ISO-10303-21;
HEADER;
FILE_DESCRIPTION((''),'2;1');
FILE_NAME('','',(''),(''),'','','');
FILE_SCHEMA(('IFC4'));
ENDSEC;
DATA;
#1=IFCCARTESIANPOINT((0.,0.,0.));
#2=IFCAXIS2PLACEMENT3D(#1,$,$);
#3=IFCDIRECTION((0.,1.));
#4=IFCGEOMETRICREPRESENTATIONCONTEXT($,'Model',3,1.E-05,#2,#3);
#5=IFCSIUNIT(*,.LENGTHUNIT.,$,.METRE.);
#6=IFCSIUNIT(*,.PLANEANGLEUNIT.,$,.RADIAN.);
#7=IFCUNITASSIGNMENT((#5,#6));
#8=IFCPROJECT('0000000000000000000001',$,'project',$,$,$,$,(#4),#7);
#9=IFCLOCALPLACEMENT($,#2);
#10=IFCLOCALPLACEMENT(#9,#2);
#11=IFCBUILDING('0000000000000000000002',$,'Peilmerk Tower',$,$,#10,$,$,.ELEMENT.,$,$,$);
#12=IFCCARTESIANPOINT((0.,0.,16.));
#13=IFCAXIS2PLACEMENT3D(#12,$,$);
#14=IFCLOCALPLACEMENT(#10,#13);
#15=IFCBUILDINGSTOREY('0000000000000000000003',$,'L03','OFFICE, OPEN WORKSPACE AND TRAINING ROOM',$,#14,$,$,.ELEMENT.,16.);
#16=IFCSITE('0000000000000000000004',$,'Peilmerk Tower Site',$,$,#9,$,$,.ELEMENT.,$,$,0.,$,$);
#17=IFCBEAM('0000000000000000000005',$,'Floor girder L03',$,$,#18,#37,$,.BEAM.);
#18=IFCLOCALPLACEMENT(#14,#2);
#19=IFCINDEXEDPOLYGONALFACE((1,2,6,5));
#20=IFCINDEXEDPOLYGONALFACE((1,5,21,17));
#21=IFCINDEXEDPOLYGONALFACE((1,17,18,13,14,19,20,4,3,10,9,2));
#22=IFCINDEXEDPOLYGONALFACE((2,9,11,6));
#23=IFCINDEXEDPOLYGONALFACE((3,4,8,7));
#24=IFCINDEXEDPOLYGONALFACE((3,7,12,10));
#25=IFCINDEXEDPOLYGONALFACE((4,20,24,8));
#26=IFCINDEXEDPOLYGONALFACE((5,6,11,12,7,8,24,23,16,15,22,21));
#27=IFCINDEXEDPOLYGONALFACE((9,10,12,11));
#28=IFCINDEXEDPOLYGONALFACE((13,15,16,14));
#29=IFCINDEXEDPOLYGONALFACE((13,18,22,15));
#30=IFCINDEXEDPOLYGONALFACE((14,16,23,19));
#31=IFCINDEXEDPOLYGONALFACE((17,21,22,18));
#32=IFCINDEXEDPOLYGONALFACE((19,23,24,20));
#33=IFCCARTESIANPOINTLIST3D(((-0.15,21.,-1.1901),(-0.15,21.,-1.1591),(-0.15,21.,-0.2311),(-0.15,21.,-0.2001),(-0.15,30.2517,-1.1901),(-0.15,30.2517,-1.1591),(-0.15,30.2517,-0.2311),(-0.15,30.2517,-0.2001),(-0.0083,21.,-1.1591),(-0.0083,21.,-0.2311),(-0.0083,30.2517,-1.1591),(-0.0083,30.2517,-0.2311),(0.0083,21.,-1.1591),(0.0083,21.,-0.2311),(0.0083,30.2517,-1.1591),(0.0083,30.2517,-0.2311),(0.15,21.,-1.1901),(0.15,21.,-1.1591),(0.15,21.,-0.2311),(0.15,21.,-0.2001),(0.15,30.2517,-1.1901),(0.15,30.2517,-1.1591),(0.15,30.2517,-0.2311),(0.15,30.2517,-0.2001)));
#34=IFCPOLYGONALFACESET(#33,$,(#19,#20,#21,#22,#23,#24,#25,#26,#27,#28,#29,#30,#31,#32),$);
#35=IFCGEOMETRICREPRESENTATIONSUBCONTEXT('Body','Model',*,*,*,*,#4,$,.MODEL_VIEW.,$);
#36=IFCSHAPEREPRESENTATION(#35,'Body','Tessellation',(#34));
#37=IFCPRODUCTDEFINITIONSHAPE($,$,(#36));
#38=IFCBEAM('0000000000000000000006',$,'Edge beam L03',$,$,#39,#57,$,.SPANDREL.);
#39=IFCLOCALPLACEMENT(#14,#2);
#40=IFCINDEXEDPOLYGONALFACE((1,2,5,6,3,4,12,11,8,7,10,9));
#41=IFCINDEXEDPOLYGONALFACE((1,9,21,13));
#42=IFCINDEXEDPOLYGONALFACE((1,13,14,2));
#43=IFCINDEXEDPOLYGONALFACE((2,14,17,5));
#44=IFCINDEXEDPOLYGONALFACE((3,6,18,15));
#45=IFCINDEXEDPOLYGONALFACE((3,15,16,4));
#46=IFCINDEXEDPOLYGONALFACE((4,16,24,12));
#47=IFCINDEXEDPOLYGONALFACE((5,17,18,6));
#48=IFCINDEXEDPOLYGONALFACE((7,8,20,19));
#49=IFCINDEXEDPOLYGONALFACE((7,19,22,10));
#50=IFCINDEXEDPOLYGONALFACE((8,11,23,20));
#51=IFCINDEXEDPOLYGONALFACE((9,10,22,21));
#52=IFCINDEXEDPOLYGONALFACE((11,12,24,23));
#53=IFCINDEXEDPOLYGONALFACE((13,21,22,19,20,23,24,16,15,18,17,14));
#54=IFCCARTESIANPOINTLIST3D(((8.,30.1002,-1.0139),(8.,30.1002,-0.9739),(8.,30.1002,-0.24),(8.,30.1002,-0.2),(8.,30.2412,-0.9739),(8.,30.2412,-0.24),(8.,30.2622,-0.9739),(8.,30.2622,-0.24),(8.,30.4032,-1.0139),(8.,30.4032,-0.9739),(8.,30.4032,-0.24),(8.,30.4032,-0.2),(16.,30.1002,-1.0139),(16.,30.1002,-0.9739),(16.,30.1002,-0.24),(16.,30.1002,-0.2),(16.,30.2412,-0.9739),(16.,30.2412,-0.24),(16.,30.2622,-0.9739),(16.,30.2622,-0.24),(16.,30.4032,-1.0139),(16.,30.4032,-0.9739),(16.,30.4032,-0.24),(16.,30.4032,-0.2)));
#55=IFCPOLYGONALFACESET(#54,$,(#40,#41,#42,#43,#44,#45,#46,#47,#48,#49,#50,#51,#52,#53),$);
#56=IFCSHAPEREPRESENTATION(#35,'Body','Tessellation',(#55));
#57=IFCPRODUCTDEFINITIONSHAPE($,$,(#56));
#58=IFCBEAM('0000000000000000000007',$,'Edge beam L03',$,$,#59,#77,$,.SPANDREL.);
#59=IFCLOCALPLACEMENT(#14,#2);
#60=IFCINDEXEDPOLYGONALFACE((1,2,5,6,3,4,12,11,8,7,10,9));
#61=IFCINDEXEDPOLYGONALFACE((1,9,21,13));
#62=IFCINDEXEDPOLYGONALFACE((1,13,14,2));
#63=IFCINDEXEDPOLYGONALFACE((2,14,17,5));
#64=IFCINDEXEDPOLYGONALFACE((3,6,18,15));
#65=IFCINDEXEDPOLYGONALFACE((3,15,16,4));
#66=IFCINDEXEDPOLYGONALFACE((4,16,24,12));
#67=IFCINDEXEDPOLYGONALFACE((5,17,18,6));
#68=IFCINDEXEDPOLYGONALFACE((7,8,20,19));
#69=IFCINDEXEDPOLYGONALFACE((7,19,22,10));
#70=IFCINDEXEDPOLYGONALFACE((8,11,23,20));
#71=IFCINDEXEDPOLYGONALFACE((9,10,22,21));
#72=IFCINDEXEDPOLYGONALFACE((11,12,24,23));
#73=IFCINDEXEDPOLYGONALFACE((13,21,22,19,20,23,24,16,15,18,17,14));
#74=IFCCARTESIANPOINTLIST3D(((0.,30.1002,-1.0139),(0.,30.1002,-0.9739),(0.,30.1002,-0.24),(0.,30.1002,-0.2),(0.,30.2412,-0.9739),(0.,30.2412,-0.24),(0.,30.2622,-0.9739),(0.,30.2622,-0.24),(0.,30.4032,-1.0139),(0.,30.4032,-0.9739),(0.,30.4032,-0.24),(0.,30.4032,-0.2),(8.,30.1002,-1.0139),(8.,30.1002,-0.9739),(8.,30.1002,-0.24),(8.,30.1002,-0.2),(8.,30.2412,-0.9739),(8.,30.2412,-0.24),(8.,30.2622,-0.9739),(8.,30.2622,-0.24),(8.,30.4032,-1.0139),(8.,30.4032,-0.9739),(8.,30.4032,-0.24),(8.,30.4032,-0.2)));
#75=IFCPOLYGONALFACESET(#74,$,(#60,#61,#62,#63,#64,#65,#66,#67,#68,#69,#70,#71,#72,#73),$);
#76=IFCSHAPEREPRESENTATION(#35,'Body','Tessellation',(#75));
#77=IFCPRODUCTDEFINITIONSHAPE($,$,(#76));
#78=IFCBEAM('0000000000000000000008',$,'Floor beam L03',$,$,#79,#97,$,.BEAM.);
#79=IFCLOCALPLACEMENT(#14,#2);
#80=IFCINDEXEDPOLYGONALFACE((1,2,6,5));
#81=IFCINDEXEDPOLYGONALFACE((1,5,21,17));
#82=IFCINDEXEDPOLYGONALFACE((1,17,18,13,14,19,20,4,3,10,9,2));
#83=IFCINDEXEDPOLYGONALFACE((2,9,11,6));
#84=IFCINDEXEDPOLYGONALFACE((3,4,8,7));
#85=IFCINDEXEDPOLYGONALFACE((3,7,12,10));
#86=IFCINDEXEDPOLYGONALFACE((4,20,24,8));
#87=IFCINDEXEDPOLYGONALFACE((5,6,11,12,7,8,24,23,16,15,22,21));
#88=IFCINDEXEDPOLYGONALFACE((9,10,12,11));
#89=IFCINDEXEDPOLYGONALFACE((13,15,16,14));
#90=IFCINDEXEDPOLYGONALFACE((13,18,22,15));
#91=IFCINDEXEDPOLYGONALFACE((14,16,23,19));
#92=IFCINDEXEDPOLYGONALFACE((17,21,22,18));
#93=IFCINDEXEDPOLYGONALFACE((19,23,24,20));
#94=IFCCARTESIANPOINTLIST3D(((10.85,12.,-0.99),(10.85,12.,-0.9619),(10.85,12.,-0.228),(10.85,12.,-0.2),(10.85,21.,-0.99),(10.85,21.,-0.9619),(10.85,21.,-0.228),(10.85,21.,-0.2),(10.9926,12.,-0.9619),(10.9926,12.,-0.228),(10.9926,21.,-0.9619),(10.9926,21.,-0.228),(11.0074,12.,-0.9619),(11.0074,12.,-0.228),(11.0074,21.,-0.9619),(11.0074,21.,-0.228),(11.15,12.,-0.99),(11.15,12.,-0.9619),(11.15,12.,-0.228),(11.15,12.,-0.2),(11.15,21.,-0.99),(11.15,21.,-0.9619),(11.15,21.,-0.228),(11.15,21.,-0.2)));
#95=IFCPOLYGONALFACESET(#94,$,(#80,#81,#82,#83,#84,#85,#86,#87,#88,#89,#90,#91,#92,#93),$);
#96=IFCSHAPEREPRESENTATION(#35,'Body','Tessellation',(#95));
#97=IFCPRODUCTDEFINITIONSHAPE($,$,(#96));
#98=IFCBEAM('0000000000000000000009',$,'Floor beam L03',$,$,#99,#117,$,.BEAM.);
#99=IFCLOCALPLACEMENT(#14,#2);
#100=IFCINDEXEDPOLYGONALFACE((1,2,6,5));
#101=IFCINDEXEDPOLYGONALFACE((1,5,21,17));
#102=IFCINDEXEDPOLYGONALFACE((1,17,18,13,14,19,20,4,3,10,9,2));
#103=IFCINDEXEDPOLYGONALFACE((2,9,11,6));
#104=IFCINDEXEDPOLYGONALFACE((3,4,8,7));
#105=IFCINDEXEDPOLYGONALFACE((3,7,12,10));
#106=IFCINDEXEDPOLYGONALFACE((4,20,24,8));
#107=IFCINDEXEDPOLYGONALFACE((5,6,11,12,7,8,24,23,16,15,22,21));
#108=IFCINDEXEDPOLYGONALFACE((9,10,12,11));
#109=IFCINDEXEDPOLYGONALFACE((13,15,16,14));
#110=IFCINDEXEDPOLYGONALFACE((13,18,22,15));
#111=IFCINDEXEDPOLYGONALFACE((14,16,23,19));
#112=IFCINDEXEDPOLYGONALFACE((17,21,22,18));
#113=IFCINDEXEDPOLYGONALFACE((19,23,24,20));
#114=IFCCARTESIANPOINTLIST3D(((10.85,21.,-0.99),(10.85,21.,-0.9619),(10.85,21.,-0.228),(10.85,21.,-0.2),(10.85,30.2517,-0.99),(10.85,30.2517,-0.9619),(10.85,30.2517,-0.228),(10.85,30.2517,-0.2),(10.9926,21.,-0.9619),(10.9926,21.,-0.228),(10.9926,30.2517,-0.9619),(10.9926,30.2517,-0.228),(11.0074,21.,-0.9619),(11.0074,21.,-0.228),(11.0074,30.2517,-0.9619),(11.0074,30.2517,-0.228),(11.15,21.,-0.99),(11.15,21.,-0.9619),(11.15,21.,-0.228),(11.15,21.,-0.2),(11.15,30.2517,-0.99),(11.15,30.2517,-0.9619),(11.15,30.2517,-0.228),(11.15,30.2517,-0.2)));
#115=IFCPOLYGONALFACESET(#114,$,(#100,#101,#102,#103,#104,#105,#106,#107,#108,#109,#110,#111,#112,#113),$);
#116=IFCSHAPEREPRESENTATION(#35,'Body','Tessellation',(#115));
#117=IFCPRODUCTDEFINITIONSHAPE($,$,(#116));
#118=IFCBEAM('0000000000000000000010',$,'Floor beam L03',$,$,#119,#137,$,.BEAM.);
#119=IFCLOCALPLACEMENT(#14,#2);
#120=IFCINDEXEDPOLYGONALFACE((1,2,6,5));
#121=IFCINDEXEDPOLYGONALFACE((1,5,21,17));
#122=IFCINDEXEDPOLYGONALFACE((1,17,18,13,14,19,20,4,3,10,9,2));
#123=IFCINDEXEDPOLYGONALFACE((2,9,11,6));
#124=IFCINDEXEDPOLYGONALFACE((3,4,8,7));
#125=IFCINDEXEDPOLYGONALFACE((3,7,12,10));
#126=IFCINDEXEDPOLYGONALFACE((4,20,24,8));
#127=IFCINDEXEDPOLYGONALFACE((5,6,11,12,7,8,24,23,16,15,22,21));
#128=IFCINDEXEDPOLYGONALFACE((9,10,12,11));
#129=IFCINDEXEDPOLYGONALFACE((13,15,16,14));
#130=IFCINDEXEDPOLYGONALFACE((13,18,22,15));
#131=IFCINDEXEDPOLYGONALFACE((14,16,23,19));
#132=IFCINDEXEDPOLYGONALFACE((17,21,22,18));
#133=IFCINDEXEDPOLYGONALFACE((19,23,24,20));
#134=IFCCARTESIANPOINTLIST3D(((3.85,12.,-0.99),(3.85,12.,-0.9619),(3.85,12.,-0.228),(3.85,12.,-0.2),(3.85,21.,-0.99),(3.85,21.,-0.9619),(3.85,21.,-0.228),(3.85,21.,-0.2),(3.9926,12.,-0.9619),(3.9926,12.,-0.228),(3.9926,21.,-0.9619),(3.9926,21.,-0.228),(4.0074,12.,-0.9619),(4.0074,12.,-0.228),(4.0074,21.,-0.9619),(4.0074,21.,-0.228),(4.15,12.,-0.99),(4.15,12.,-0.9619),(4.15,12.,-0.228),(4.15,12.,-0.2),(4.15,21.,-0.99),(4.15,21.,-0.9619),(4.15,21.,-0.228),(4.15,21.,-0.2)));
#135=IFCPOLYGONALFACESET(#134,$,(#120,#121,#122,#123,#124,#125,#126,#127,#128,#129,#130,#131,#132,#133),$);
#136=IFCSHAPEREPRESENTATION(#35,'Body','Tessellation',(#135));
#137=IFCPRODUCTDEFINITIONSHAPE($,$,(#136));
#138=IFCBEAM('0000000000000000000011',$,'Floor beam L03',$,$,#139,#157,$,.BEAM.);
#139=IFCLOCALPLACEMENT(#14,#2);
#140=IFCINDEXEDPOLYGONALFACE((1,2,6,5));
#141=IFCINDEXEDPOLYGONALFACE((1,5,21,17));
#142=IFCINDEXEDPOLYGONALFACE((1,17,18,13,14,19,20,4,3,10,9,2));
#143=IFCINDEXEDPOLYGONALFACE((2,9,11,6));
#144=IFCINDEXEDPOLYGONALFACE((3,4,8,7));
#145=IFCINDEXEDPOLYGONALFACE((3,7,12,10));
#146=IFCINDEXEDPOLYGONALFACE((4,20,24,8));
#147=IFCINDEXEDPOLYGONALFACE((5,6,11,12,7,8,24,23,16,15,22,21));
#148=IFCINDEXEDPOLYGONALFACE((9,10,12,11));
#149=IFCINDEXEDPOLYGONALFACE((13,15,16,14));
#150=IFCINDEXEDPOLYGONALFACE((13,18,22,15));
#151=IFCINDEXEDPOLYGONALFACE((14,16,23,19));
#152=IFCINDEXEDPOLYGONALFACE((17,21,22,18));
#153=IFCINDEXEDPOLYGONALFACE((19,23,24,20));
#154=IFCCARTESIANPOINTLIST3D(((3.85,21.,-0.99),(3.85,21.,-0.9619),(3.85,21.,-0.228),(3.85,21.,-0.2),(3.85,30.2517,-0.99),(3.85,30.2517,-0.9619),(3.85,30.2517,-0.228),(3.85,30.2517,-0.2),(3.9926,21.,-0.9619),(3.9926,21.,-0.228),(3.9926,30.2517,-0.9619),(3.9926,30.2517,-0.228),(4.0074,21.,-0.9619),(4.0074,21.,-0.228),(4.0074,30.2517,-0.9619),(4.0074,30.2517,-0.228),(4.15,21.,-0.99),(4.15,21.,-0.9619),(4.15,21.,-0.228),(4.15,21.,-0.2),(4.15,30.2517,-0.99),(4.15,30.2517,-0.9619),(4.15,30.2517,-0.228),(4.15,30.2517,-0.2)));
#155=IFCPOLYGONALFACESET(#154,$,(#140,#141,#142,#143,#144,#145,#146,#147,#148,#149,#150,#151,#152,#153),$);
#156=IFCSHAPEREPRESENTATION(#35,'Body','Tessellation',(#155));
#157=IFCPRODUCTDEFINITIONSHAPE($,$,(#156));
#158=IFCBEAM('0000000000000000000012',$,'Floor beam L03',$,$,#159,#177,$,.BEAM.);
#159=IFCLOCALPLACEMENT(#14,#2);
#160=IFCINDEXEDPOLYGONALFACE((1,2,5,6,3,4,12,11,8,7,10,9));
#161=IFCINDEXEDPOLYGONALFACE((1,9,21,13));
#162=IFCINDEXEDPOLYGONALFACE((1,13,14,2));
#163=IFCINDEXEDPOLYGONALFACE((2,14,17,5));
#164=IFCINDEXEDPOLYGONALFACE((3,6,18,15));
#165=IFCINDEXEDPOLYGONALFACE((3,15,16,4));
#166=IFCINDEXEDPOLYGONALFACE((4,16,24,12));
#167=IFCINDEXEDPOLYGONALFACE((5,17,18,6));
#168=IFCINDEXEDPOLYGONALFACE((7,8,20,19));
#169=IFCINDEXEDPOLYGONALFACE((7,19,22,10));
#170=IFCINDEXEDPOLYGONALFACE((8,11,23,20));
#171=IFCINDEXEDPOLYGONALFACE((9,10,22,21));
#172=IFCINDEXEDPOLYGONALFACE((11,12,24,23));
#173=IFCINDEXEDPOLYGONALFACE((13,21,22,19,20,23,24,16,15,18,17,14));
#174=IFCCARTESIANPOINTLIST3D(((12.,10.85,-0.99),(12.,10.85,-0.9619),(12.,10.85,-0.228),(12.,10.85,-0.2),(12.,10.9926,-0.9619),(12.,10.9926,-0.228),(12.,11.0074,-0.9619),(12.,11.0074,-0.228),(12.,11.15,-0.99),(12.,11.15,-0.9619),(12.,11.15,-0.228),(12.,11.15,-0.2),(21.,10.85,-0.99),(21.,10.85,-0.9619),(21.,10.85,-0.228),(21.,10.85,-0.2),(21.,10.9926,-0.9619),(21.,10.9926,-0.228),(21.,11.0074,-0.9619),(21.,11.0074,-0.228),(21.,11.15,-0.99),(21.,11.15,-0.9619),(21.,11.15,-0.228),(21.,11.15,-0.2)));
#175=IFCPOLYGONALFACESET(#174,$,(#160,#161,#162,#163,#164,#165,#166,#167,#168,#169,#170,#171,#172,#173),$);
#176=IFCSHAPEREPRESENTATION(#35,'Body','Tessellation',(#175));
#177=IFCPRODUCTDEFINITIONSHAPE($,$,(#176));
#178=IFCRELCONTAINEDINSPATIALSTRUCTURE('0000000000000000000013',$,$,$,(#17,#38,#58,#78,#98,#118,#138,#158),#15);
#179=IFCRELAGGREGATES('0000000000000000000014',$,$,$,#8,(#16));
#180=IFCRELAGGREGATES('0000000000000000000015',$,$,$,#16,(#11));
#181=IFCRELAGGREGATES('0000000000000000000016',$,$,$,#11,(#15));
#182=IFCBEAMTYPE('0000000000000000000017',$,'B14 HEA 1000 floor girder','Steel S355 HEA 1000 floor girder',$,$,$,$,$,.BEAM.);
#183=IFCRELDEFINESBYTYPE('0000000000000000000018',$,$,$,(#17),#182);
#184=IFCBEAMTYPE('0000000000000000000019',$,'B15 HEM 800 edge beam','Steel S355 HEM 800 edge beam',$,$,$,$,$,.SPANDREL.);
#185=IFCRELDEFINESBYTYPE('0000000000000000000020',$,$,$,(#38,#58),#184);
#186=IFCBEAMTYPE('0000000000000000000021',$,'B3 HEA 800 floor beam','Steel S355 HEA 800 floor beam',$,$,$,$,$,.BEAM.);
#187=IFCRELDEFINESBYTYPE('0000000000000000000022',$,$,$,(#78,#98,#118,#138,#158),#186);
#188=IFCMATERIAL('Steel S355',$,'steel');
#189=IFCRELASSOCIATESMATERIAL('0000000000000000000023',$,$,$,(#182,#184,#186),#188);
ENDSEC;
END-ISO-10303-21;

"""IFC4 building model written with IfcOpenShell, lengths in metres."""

from ifc_helpers import new_model, si_unit, direction, frame, origin, origin_2d, place, context, subcontext, project, spatial, i_section, extrude, material, material_profile, profile_set, type_object, element, save


model = new_model("IFC4")

# Units and contexts
model_context = context("Model", 3, precision=1e-05, world=origin(), true_north=direction((0.0, 1.0)))
body_context = subcontext(model_context, "Body", "Model", "MODEL_VIEW")
ifc_project = project(units=[si_unit("LENGTHUNIT", "METRE"), si_unit("PLANEANGLEUNIT", "RADIAN")], contexts=[model_context])

# Site, building, storey
site_placement = place(None, origin())
site = spatial("IfcSite", under=ifc_project, at=site_placement, Name="Peilmerk Tower Site", CompositionType="ELEMENT", RefElevation=0.0)
building_placement = place(site_placement, origin())
building = spatial("IfcBuilding", under=site, at=building_placement, Name="Peilmerk Tower", CompositionType="ELEMENT")
storey_placement = place(building_placement, frame((0.0, 0.0, 16.0)))
storey = spatial("IfcBuildingStorey", under=building, at=storey_placement, Name="L03", Description="OFFICE, OPEN WORKSPACE AND TRAINING ROOM", CompositionType="ELEMENT", Elevation=16.0)

# Beams
ifc_material_1 = material(Name="Steel S355", Category="steel")
ifc_material_profile_1 = material_profile(ifc_material_1, i_section(OverallWidth=0.3, OverallDepth=0.99, WebThickness=0.0166, FlangeThickness=0.031, at=origin_2d()), Name="HEA 1000")
ifc_profile_set_1 = profile_set([ifc_material_profile_1], Name="Steel S355")
beam_type_1 = type_object("IfcBeamType", Name="B14 HEA 1000 floor girder", Description="Steel S355 HEA 1000 floor girder", PredefinedType="BEAM", material=ifc_profile_set_1)
for number, where, z_axis, x_axis, name in (
    (1, (0.0, 21.0, -0.6951), (0.0, 1.0, 0.0), (-1.0, 0.0, 0.0), "Floor girder L03"),
):
    element("IfcBeam", number, at=place(storey_placement, frame(where, z_axis=z_axis, x_axis=x_axis)), inside=storey, type_object=beam_type_1, Name=name, PredefinedType="BEAM", context=body_context, shape_type="SweptSolid", body=[
        extrude(i_section(OverallWidth=0.3, OverallDepth=0.99, WebThickness=0.0166, FlangeThickness=0.031, at=origin_2d()), origin(), (0.0, 0.0, 1.0), 9.2517),
    ])
ifc_material_profile_2 = material_profile(ifc_material_1, i_section(OverallWidth=0.303, OverallDepth=0.814, WebThickness=0.021, FlangeThickness=0.04, at=origin_2d()), Name="HEM 800")
ifc_profile_set_2 = profile_set([ifc_material_profile_2], Name="Steel S355")
beam_type_2 = type_object("IfcBeamType", Name="B15 HEM 800 edge beam", Description="Steel S355 HEM 800 edge beam", PredefinedType="SPANDREL", material=ifc_profile_set_2)
for number, where, z_axis, x_axis, name in (
    (2, (16.0, 30.2517, -0.6069), (-1.0, 0.0, 0.0), (0.0, -1.0, 0.0), "Edge beam L03"),
    (3, (8.0, 30.2517, -0.6069), (-1.0, 0.0, 0.0), (0.0, -1.0, 0.0), "Edge beam L03"),
):
    element("IfcBeam", number, at=place(storey_placement, frame(where, z_axis=z_axis, x_axis=x_axis)), inside=storey, type_object=beam_type_2, Name=name, PredefinedType="SPANDREL", context=body_context, shape_type="SweptSolid", body=[
        extrude(i_section(OverallWidth=0.303, OverallDepth=0.814, WebThickness=0.021, FlangeThickness=0.04, at=origin_2d()), origin(), (0.0, 0.0, 1.0), 8.0),
    ])
ifc_material_profile_3 = material_profile(ifc_material_1, i_section(OverallWidth=0.3, OverallDepth=0.79, WebThickness=0.0149, FlangeThickness=0.0281, at=origin_2d()), Name="HEA 800")
ifc_profile_set_3 = profile_set([ifc_material_profile_3], Name="Steel S355")
beam_type_3 = type_object("IfcBeamType", Name="B3 HEA 800 floor beam", Description="Steel S355 HEA 800 floor beam", PredefinedType="BEAM", material=ifc_profile_set_3)
beam_1_placement = place(storey_placement, frame((11.0, 12.0, -0.595), z_axis=(0.0, 1.0, 0.0), x_axis=(-1.0, 0.0, 0.0)))
element("IfcBeam", 4, at=beam_1_placement, inside=storey, type_object=beam_type_3, Name="Floor beam L03", PredefinedType="BEAM", context=body_context, shape_type="SweptSolid", body=[
    extrude(i_section(OverallWidth=0.3, OverallDepth=0.79, WebThickness=0.0149, FlangeThickness=0.0281, at=origin_2d()), origin(), (0.0, 0.0, 1.0), 9.0),
])
beam_2_placement = place(storey_placement, frame((11.0, 21.0, -0.595), z_axis=(0.0, 1.0, 0.0), x_axis=(-1.0, 0.0, 0.0)))
element("IfcBeam", 5, at=beam_2_placement, inside=storey, type_object=beam_type_3, Name="Floor beam L03", PredefinedType="BEAM", context=body_context, shape_type="SweptSolid", body=[
    extrude(i_section(OverallWidth=0.3, OverallDepth=0.79, WebThickness=0.0149, FlangeThickness=0.0281, at=origin_2d()), origin(), (0.0, 0.0, 1.0), 9.2517),
])
beam_3_placement = place(storey_placement, frame((4.0, 12.0, -0.595), z_axis=(0.0, 1.0, 0.0), x_axis=(-1.0, 0.0, 0.0)))
element("IfcBeam", 6, at=beam_3_placement, inside=storey, type_object=beam_type_3, Name="Floor beam L03", PredefinedType="BEAM", context=body_context, shape_type="SweptSolid", body=[
    extrude(i_section(OverallWidth=0.3, OverallDepth=0.79, WebThickness=0.0149, FlangeThickness=0.0281, at=origin_2d()), origin(), (0.0, 0.0, 1.0), 9.0),
])
beam_4_placement = place(storey_placement, frame((4.0, 21.0, -0.595), z_axis=(0.0, 1.0, 0.0), x_axis=(-1.0, 0.0, 0.0)))
element("IfcBeam", 7, at=beam_4_placement, inside=storey, type_object=beam_type_3, Name="Floor beam L03", PredefinedType="BEAM", context=body_context, shape_type="SweptSolid", body=[
    extrude(i_section(OverallWidth=0.3, OverallDepth=0.79, WebThickness=0.0149, FlangeThickness=0.0281, at=origin_2d()), origin(), (0.0, 0.0, 1.0), 9.2517),
])
beam_5_placement = place(storey_placement, frame((12.0, 11.0, -0.595), z_axis=(1.0, 0.0, 0.0), x_axis=(0.0, 1.0, 0.0)))
element("IfcBeam", 8, at=beam_5_placement, inside=storey, type_object=beam_type_3, Name="Floor beam L03", PredefinedType="BEAM", context=body_context, shape_type="SweptSolid", body=[
    extrude(i_section(OverallWidth=0.3, OverallDepth=0.79, WebThickness=0.0149, FlangeThickness=0.0281, at=origin_2d()), origin(), (0.0, 0.0, 1.0), 9.0),
])

save(model, "model.ifc")
